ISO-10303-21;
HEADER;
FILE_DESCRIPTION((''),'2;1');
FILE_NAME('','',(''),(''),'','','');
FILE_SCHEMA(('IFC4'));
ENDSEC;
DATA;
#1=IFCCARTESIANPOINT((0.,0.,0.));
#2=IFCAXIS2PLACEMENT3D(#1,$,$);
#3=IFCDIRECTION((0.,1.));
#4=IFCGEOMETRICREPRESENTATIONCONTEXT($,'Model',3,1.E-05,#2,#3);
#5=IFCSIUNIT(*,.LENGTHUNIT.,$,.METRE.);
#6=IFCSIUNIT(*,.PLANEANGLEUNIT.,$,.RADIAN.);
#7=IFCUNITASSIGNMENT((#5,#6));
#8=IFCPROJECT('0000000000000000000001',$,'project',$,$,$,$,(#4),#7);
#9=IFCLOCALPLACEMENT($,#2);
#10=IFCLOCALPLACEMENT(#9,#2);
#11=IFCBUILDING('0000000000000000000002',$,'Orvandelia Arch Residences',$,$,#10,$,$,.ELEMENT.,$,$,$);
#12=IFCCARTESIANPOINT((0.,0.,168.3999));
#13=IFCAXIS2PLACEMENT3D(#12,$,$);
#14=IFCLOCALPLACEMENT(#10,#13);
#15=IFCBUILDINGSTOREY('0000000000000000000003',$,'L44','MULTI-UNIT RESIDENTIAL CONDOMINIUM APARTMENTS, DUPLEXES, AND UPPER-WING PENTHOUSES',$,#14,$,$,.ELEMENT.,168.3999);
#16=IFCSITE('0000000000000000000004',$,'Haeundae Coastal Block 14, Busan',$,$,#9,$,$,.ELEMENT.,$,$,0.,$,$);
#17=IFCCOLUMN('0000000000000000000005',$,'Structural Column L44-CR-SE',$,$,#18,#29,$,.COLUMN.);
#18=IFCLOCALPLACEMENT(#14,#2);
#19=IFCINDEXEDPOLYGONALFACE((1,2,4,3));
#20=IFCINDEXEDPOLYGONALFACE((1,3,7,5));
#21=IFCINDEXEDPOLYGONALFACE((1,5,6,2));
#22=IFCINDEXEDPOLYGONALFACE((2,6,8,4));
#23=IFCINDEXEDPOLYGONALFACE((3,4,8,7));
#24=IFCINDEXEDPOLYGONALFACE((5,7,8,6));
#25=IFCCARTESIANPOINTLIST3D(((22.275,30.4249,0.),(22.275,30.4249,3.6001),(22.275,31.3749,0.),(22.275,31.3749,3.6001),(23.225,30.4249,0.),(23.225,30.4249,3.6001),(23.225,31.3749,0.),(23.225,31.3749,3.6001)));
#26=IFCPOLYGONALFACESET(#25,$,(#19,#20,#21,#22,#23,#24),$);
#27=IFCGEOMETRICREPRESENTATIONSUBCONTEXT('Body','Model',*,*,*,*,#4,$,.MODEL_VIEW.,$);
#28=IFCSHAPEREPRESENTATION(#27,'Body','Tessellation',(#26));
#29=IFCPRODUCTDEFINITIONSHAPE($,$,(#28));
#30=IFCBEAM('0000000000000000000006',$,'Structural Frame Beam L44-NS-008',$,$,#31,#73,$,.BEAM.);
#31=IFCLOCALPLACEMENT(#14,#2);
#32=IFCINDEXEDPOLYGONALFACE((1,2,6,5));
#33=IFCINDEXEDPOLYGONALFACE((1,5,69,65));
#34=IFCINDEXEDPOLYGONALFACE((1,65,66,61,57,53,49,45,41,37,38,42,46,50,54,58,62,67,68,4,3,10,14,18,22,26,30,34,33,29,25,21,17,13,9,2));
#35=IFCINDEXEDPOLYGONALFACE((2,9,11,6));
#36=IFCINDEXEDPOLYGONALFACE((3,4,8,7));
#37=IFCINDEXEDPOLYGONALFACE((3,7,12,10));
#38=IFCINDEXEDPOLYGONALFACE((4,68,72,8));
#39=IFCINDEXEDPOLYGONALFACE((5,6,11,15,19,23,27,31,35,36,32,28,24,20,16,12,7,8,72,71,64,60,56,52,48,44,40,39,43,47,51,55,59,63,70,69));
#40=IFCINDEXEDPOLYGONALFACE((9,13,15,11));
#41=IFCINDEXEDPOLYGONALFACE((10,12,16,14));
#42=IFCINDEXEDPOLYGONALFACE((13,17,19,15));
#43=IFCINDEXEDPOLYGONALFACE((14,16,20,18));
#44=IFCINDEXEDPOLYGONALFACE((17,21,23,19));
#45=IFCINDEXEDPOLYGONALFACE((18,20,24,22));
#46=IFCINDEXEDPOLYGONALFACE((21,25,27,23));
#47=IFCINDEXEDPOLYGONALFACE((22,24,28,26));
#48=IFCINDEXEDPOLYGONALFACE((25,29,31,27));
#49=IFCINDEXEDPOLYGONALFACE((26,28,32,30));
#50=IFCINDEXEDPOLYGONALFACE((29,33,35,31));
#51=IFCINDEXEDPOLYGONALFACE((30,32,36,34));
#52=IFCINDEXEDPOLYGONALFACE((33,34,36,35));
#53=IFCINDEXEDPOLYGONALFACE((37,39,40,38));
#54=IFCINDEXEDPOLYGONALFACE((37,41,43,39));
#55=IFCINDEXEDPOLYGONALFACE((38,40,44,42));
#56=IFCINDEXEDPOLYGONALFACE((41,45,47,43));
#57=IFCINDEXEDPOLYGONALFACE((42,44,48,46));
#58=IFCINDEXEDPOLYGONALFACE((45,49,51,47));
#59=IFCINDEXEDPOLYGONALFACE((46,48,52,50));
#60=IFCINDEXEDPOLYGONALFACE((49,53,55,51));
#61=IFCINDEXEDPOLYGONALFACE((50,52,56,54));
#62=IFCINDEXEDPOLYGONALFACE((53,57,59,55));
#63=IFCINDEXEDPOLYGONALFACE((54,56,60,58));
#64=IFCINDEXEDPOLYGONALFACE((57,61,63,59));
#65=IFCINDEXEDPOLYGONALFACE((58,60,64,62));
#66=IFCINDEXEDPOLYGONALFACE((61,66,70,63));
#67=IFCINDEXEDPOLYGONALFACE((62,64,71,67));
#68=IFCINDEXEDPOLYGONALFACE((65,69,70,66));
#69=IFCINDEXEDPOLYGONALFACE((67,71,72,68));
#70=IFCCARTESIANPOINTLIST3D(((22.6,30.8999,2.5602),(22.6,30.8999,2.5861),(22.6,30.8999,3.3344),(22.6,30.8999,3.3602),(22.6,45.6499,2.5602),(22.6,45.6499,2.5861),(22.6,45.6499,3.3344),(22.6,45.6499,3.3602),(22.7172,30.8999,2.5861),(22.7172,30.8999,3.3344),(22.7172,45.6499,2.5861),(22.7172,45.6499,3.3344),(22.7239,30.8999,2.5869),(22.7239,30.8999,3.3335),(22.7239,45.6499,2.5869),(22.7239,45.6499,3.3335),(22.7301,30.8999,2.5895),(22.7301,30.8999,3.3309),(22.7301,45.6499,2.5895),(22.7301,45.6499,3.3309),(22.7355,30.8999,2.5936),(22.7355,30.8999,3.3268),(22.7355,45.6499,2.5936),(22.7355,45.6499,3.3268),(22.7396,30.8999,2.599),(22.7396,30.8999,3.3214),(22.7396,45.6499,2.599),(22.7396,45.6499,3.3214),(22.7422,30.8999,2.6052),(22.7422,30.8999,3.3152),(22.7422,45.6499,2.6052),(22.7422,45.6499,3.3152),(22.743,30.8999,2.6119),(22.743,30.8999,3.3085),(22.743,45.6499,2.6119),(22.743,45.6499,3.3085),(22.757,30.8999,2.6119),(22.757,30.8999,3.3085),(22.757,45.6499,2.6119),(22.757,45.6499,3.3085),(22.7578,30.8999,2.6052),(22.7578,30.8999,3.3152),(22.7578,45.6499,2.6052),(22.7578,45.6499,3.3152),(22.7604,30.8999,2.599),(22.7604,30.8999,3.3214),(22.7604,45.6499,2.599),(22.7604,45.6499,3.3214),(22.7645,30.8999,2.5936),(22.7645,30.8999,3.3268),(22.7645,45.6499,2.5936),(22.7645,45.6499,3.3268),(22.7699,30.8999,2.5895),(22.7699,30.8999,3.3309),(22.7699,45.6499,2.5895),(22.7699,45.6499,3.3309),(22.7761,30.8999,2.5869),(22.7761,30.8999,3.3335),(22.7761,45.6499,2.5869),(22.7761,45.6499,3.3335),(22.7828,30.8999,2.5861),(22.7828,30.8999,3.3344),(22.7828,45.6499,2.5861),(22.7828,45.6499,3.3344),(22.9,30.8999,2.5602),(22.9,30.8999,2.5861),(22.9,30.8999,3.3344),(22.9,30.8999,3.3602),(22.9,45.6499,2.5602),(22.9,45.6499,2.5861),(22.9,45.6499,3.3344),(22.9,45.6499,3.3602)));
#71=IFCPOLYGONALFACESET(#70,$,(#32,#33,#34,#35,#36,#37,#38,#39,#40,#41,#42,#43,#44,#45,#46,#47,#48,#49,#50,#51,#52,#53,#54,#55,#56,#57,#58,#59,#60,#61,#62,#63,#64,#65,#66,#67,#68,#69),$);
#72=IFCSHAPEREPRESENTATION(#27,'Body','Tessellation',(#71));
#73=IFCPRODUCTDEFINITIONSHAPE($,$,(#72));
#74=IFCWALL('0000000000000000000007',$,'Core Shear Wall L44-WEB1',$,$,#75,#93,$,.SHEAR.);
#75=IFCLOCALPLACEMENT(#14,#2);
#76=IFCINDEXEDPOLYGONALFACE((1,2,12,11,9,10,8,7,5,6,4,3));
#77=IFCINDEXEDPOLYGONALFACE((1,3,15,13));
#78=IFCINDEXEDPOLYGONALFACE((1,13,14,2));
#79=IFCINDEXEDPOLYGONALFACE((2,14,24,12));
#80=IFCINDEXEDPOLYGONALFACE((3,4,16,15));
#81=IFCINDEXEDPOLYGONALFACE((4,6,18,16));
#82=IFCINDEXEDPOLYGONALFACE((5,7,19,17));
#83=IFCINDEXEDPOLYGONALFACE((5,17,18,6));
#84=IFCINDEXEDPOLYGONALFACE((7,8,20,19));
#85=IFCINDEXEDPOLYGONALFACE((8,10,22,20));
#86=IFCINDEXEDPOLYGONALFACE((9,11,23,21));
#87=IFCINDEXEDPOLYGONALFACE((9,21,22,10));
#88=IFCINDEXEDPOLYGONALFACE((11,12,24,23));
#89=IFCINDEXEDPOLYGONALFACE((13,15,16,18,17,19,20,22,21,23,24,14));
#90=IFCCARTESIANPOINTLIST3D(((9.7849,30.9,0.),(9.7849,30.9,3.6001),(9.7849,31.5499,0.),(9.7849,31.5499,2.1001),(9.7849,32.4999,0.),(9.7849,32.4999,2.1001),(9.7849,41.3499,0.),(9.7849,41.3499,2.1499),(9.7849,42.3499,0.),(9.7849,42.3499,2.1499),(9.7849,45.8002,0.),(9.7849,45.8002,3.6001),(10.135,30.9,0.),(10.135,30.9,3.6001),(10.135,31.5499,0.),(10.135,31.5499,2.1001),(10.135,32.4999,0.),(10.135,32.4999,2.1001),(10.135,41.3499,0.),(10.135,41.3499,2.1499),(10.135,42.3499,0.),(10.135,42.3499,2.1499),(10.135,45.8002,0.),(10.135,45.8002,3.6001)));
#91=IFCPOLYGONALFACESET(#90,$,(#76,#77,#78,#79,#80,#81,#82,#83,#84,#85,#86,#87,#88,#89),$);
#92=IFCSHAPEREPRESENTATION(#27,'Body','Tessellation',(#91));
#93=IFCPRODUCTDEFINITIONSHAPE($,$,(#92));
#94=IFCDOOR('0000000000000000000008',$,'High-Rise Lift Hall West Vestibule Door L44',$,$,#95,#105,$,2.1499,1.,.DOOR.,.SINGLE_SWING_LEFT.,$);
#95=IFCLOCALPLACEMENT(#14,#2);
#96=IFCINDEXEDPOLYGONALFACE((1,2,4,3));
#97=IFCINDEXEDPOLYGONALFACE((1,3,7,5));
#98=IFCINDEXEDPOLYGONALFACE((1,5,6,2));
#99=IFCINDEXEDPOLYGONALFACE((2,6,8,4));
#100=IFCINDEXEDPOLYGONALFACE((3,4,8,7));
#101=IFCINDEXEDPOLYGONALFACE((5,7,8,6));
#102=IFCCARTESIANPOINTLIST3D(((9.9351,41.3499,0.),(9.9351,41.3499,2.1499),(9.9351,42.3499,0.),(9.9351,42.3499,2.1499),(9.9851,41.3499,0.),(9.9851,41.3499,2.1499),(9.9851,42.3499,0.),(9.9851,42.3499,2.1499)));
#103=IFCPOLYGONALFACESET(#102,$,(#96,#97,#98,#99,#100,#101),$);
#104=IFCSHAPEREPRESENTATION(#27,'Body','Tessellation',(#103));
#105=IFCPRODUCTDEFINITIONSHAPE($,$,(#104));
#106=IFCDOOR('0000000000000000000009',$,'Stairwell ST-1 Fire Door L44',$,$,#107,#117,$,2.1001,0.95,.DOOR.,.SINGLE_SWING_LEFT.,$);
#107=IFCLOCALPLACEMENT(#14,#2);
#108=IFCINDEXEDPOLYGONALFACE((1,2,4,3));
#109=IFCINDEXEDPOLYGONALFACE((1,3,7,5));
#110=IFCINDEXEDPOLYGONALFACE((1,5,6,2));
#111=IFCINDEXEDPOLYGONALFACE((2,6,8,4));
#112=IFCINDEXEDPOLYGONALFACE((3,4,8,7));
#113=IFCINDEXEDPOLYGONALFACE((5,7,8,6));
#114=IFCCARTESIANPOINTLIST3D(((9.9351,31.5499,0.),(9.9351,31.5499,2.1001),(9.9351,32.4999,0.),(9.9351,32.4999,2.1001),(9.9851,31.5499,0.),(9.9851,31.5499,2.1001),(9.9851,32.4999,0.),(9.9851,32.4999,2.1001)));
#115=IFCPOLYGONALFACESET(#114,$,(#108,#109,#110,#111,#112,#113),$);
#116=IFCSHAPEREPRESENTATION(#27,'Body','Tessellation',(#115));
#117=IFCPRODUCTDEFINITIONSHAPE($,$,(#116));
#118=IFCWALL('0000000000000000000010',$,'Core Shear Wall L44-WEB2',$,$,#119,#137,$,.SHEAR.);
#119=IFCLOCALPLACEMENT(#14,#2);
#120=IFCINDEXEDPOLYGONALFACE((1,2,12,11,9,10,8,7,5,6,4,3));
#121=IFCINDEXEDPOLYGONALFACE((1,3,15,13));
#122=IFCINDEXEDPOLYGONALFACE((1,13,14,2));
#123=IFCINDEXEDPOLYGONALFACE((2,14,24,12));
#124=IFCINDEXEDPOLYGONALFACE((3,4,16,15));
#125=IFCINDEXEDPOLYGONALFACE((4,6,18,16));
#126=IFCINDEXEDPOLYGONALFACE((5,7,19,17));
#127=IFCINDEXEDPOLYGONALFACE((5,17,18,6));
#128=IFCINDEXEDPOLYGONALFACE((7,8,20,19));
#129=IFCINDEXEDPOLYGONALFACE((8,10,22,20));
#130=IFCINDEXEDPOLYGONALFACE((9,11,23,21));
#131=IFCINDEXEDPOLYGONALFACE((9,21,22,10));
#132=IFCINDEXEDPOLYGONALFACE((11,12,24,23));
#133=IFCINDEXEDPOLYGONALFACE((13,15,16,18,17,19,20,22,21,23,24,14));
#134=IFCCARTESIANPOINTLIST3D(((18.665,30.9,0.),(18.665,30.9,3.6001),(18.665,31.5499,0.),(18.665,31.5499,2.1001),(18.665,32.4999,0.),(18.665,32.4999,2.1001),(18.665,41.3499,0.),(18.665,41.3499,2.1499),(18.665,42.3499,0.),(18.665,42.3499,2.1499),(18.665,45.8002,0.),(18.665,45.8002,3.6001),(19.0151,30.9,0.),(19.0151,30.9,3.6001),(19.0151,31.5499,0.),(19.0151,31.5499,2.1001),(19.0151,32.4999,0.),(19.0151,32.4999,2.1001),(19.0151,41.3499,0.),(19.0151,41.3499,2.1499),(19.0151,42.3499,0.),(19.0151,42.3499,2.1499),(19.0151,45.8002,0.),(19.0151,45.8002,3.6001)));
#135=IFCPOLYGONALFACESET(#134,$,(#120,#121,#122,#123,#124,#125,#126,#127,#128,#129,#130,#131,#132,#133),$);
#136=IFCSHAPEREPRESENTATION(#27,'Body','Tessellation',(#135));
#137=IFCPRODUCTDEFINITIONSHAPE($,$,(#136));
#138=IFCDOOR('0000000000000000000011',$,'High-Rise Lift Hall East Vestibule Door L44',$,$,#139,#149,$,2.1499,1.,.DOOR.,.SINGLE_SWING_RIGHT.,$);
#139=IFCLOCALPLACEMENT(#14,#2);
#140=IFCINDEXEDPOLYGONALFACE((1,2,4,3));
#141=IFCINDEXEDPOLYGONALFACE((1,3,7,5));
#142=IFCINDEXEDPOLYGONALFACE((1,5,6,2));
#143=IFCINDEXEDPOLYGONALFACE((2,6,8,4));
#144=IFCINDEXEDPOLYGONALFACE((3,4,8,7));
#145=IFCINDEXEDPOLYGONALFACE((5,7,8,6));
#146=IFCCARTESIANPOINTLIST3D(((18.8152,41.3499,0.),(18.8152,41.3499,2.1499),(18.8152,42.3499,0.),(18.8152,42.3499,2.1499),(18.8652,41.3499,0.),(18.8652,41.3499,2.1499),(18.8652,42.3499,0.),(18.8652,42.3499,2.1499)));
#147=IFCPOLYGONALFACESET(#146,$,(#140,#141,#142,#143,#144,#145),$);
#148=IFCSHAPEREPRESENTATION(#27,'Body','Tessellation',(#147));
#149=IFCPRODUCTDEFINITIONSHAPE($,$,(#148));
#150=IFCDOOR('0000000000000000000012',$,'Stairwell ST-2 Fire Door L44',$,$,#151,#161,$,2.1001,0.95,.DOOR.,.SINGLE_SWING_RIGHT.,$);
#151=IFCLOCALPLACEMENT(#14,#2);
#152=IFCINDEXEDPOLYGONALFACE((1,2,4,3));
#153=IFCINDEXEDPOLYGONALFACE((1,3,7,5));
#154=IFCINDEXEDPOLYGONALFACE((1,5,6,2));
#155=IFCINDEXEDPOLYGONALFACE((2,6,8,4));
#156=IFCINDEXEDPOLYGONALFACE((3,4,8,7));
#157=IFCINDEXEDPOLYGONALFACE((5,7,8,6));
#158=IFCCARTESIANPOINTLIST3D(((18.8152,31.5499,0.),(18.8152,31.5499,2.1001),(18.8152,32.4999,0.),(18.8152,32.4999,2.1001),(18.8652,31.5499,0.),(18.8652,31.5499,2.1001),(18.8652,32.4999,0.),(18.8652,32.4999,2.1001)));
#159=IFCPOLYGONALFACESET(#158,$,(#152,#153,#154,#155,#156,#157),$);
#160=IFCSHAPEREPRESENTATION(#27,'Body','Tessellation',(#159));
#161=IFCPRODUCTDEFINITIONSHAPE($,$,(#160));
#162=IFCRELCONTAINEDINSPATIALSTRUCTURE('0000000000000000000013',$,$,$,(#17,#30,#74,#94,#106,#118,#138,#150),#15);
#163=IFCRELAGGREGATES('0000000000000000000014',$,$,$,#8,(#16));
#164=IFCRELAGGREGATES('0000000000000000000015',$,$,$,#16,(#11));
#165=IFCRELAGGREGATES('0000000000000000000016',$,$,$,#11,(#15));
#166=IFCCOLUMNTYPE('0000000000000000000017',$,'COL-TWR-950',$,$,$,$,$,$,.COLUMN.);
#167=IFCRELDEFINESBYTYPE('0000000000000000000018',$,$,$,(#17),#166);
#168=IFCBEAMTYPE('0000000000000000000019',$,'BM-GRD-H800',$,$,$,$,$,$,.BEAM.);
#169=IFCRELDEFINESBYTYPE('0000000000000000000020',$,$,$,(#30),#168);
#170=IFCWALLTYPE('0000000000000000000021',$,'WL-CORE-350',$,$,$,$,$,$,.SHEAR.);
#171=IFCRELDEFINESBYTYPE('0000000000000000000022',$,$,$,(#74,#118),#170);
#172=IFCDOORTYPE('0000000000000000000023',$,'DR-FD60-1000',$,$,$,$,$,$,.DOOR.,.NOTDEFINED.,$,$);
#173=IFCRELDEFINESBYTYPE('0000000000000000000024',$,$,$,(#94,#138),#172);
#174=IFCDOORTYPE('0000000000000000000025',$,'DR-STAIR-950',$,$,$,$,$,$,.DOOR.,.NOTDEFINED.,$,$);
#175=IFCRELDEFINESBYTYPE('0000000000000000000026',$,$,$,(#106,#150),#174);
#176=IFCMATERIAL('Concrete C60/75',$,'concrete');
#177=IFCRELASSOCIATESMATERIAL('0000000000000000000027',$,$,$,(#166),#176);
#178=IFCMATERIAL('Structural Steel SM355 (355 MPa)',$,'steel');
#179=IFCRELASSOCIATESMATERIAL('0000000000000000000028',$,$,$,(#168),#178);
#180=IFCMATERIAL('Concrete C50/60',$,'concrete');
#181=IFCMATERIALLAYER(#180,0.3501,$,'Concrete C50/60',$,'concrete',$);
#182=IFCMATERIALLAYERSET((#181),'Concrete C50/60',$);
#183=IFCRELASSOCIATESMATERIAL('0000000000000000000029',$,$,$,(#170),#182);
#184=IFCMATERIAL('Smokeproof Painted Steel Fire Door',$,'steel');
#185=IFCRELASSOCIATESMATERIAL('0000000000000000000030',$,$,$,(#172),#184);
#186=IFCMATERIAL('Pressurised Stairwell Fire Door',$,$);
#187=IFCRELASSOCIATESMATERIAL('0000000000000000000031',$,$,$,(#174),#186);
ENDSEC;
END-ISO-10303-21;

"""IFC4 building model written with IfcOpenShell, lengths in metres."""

from ifc_helpers import new_model, si_unit, direction, frame, frame_2d, origin, origin_2d, place, context, subcontext, project, spatial, rectangle, i_section, extrude, material, layer, layer_set, material_profile, profile_set, type_object, element, fill, save


model = new_model("IFC4")

# Units and contexts
model_context = context("Model", 3, precision=1e-05, world=origin(), true_north=direction((0.0, 1.0)))
body_context = subcontext(model_context, "Body", "Model", "MODEL_VIEW")
ifc_project = project(units=[si_unit("LENGTHUNIT", "METRE"), si_unit("PLANEANGLEUNIT", "RADIAN")], contexts=[model_context])

# Site, building, storey
site_placement = place(None, origin())
site = spatial("IfcSite", under=ifc_project, at=site_placement, Name="Haeundae Coastal Block 14, Busan", CompositionType="ELEMENT", RefElevation=0.0)
building_placement = place(site_placement, origin())
building = spatial("IfcBuilding", under=site, at=building_placement, Name="Orvandelia Arch Residences", CompositionType="ELEMENT")
storey_placement = place(building_placement, frame((0.0, 0.0, 168.3999)))
storey = spatial("IfcBuildingStorey", under=building, at=storey_placement, Name="L44", Description="MULTI-UNIT RESIDENTIAL CONDOMINIUM APARTMENTS, DUPLEXES, AND UPPER-WING PENTHOUSES", CompositionType="ELEMENT", Elevation=168.3999)

# Column
ifc_material_1 = material(Name="Concrete C60/75", Category="concrete")
ifc_material_profile_1 = material_profile(ifc_material_1, rectangle(XDim=0.95, YDim=0.95, at=origin_2d()), Name="Concrete C60/75", Category="concrete")
ifc_profile_set_1 = profile_set([ifc_material_profile_1], Name="Concrete C60/75")
column_type = type_object("IfcColumnType", Name="COL-TWR-950", PredefinedType="COLUMN", material=ifc_profile_set_1)
column_placement = place(storey_placement, frame((22.75, 30.8999, 0.0), z_axis=(0.0, 0.0, 1.0), x_axis=(1.0, 0.0, 0.0)))
element("IfcColumn", 1, at=column_placement, inside=storey, type_object=column_type, Name="Structural Column L44-CR-SE", PredefinedType="COLUMN", context=body_context, shape_type="SweptSolid", body=[
    extrude(rectangle(XDim=0.95, YDim=0.95, at=origin_2d()), origin(), (0.0, 0.0, 1.0), 3.6001),
])

# Beam
ifc_material_2 = material(Name="Structural Steel SM355 (355 MPa)", Category="steel")
ifc_material_profile_2 = material_profile(ifc_material_2, i_section(OverallWidth=0.3, OverallDepth=0.8, WebThickness=0.0139, FlangeThickness=0.0259, FilletRadius=0.0259, at=origin_2d()), Name="Structural Steel SM355 (355 MPa)", Category="steel")
ifc_profile_set_2 = profile_set([ifc_material_profile_2], Name="Structural Steel SM355 (355 MPa)")
beam_type = type_object("IfcBeamType", Name="BM-GRD-H800", PredefinedType="BEAM", material=ifc_profile_set_2)
beam_placement = place(storey_placement, frame((22.75, 30.8999, 2.9602), z_axis=(0.0, 1.0, 0.0), x_axis=(-1.0, 0.0, 0.0)))
element("IfcBeam", 2, at=beam_placement, inside=storey, type_object=beam_type, Name="Structural Frame Beam L44-NS-008", PredefinedType="BEAM", context=body_context, shape_type="SweptSolid", body=[
    extrude(i_section(OverallWidth=0.3, OverallDepth=0.8, WebThickness=0.0139, FlangeThickness=0.0259, FilletRadius=0.0259, at=origin_2d()), origin(), (0.0, 0.0, 1.0), 14.75),
])

# Walls, openings, doors
ifc_material_3 = material(Name="Concrete C50/60", Category="concrete")
ifc_layer_1 = layer(ifc_material_3, 0.3501, Name="Concrete C50/60", Category="concrete")
ifc_layer_set_1 = layer_set([ifc_layer_1], Name="Concrete C50/60")
wall_type_1 = type_object("IfcWallType", Name="WL-CORE-350", PredefinedType="SHEAR", material=ifc_layer_set_1)
wall_1_placement = place(storey_placement, frame((9.96, 30.8999, 0.0), z_axis=(0.0, 0.0, 1.0), x_axis=(0.0, 1.0, 0.0)))
wall_1 = element("IfcWall", 3, at=wall_1_placement, inside=storey, type_object=wall_type_1, Name="Core Shear Wall L44-WEB1", PredefinedType="SHEAR", context=body_context, shape_type="SweptSolid", body=[
    extrude(rectangle(XDim=14.9001, YDim=0.3501, at=frame_2d((7.4502, 0.0))), origin(), (0.0, 0.0, 1.0), 3.6001),
])
opening_1_placement = place(wall_1_placement, frame((0.6499, 0.0, 0.0)))
opening_1 = element("IfcOpeningElement", 4, at=opening_1_placement, cuts=wall_1, PredefinedType="OPENING", context=body_context, shape_type="SweptSolid", body=[
    extrude(rectangle(XDim=0.95, YDim=2.1001, at=frame_2d((0.4751, 1.05))), frame((0.0, 0.1851, 0.0), z_axis=(0.0, -1.0, 0.0), x_axis=(1.0, 0.0, 0.0)), (0.0, 0.0, 1.0), 0.3701),
])
opening_2_placement = place(wall_1_placement, frame((10.45, 0.0, 0.0)))
opening_2 = element("IfcOpeningElement", 5, at=opening_2_placement, cuts=wall_1, PredefinedType="OPENING", context=body_context, shape_type="SweptSolid", body=[
    extrude(rectangle(XDim=1.0, YDim=2.1499, at=frame_2d((0.5, 1.075))), frame((0.0, 0.1851, 0.0), z_axis=(0.0, -1.0, 0.0), x_axis=(1.0, 0.0, 0.0)), (0.0, 0.0, 1.0), 0.3701),
])
ifc_material_4 = material(Name="Smokeproof Painted Steel Fire Door", Category="steel")
door_type_1 = type_object("IfcDoorType", Name="DR-FD60-1000", OperationType="NOTDEFINED", PredefinedType="DOOR", material=ifc_material_4)
door_1_placement = place(opening_2_placement, origin())
door_1 = element("IfcDoor", 6, at=door_1_placement, inside=storey, type_object=door_type_1, Name="High-Rise Lift Hall West Vestibule Door L44", OperationType="SINGLE_SWING_LEFT", OverallHeight=2.1499, OverallWidth=1.0, PredefinedType="DOOR", context=body_context, shape_type="SweptSolid", body=[
    extrude(rectangle(XDim=1.0, YDim=2.1499, at=frame_2d((0.5, 1.075))), frame((0.0, 0.0249, 0.0), z_axis=(0.0, -1.0, 0.0), x_axis=(1.0, 0.0, 0.0)), (0.0, 0.0, 1.0), 0.05),
])
fill(opening_2, door_1)
ifc_material_5 = material(Name="Pressurised Stairwell Fire Door")
door_type_2 = type_object("IfcDoorType", Name="DR-STAIR-950", OperationType="NOTDEFINED", PredefinedType="DOOR", material=ifc_material_5)
door_2_placement = place(opening_1_placement, origin())
door_2 = element("IfcDoor", 7, at=door_2_placement, inside=storey, type_object=door_type_2, Name="Stairwell ST-1 Fire Door L44", OperationType="SINGLE_SWING_LEFT", OverallHeight=2.1001, OverallWidth=0.95, PredefinedType="DOOR", context=body_context, shape_type="SweptSolid", body=[
    extrude(rectangle(XDim=0.95, YDim=2.1001, at=frame_2d((0.4751, 1.05))), frame((0.0, 0.0249, 0.0), z_axis=(0.0, -1.0, 0.0), x_axis=(1.0, 0.0, 0.0)), (0.0, 0.0, 1.0), 0.05),
])
fill(opening_1, door_2)
wall_2_placement = place(storey_placement, frame((18.8401, 30.8999, 0.0), z_axis=(0.0, 0.0, 1.0), x_axis=(0.0, 1.0, 0.0)))
wall_2 = element("IfcWall", 8, at=wall_2_placement, inside=storey, type_object=wall_type_1, Name="Core Shear Wall L44-WEB2", PredefinedType="SHEAR", context=body_context, shape_type="SweptSolid", body=[
    extrude(rectangle(XDim=14.9001, YDim=0.3501, at=frame_2d((7.4502, 0.0))), origin(), (0.0, 0.0, 1.0), 3.6001),
])
opening_3_placement = place(wall_2_placement, frame((0.6499, 0.0, 0.0)))
opening_3 = element("IfcOpeningElement", 9, at=opening_3_placement, cuts=wall_2, PredefinedType="OPENING", context=body_context, shape_type="SweptSolid", body=[
    extrude(rectangle(XDim=0.95, YDim=2.1001, at=frame_2d((0.4751, 1.05))), frame((0.0, 0.1851, 0.0), z_axis=(0.0, -1.0, 0.0), x_axis=(1.0, 0.0, 0.0)), (0.0, 0.0, 1.0), 0.3701),
])
opening_4_placement = place(wall_2_placement, frame((10.45, 0.0, 0.0)))
opening_4 = element("IfcOpeningElement", 10, at=opening_4_placement, cuts=wall_2, PredefinedType="OPENING", context=body_context, shape_type="SweptSolid", body=[
    extrude(rectangle(XDim=1.0, YDim=2.1499, at=frame_2d((0.5, 1.075))), frame((0.0, 0.1851, 0.0), z_axis=(0.0, -1.0, 0.0), x_axis=(1.0, 0.0, 0.0)), (0.0, 0.0, 1.0), 0.3701),
])
door_3_placement = place(opening_4_placement, origin())
door_3 = element("IfcDoor", 11, at=door_3_placement, inside=storey, type_object=door_type_1, Name="High-Rise Lift Hall East Vestibule Door L44", OperationType="SINGLE_SWING_RIGHT", OverallHeight=2.1499, OverallWidth=1.0, PredefinedType="DOOR", context=body_context, shape_type="SweptSolid", body=[
    extrude(rectangle(XDim=1.0, YDim=2.1499, at=frame_2d((0.5, 1.075))), frame((0.0, 0.0249, 0.0), z_axis=(0.0, -1.0, 0.0), x_axis=(1.0, 0.0, 0.0)), (0.0, 0.0, 1.0), 0.05),
])
fill(opening_4, door_3)
door_4_placement = place(opening_3_placement, origin())
door_4 = element("IfcDoor", 12, at=door_4_placement, inside=storey, type_object=door_type_2, Name="Stairwell ST-2 Fire Door L44", OperationType="SINGLE_SWING_RIGHT", OverallHeight=2.1001, OverallWidth=0.95, PredefinedType="DOOR", context=body_context, shape_type="SweptSolid", body=[
    extrude(rectangle(XDim=0.95, YDim=2.1001, at=frame_2d((0.4751, 1.05))), frame((0.0, 0.0249, 0.0), z_axis=(0.0, -1.0, 0.0), x_axis=(1.0, 0.0, 0.0)), (0.0, 0.0, 1.0), 0.05),
])
fill(opening_3, door_4)

save(model, "model.ifc")
